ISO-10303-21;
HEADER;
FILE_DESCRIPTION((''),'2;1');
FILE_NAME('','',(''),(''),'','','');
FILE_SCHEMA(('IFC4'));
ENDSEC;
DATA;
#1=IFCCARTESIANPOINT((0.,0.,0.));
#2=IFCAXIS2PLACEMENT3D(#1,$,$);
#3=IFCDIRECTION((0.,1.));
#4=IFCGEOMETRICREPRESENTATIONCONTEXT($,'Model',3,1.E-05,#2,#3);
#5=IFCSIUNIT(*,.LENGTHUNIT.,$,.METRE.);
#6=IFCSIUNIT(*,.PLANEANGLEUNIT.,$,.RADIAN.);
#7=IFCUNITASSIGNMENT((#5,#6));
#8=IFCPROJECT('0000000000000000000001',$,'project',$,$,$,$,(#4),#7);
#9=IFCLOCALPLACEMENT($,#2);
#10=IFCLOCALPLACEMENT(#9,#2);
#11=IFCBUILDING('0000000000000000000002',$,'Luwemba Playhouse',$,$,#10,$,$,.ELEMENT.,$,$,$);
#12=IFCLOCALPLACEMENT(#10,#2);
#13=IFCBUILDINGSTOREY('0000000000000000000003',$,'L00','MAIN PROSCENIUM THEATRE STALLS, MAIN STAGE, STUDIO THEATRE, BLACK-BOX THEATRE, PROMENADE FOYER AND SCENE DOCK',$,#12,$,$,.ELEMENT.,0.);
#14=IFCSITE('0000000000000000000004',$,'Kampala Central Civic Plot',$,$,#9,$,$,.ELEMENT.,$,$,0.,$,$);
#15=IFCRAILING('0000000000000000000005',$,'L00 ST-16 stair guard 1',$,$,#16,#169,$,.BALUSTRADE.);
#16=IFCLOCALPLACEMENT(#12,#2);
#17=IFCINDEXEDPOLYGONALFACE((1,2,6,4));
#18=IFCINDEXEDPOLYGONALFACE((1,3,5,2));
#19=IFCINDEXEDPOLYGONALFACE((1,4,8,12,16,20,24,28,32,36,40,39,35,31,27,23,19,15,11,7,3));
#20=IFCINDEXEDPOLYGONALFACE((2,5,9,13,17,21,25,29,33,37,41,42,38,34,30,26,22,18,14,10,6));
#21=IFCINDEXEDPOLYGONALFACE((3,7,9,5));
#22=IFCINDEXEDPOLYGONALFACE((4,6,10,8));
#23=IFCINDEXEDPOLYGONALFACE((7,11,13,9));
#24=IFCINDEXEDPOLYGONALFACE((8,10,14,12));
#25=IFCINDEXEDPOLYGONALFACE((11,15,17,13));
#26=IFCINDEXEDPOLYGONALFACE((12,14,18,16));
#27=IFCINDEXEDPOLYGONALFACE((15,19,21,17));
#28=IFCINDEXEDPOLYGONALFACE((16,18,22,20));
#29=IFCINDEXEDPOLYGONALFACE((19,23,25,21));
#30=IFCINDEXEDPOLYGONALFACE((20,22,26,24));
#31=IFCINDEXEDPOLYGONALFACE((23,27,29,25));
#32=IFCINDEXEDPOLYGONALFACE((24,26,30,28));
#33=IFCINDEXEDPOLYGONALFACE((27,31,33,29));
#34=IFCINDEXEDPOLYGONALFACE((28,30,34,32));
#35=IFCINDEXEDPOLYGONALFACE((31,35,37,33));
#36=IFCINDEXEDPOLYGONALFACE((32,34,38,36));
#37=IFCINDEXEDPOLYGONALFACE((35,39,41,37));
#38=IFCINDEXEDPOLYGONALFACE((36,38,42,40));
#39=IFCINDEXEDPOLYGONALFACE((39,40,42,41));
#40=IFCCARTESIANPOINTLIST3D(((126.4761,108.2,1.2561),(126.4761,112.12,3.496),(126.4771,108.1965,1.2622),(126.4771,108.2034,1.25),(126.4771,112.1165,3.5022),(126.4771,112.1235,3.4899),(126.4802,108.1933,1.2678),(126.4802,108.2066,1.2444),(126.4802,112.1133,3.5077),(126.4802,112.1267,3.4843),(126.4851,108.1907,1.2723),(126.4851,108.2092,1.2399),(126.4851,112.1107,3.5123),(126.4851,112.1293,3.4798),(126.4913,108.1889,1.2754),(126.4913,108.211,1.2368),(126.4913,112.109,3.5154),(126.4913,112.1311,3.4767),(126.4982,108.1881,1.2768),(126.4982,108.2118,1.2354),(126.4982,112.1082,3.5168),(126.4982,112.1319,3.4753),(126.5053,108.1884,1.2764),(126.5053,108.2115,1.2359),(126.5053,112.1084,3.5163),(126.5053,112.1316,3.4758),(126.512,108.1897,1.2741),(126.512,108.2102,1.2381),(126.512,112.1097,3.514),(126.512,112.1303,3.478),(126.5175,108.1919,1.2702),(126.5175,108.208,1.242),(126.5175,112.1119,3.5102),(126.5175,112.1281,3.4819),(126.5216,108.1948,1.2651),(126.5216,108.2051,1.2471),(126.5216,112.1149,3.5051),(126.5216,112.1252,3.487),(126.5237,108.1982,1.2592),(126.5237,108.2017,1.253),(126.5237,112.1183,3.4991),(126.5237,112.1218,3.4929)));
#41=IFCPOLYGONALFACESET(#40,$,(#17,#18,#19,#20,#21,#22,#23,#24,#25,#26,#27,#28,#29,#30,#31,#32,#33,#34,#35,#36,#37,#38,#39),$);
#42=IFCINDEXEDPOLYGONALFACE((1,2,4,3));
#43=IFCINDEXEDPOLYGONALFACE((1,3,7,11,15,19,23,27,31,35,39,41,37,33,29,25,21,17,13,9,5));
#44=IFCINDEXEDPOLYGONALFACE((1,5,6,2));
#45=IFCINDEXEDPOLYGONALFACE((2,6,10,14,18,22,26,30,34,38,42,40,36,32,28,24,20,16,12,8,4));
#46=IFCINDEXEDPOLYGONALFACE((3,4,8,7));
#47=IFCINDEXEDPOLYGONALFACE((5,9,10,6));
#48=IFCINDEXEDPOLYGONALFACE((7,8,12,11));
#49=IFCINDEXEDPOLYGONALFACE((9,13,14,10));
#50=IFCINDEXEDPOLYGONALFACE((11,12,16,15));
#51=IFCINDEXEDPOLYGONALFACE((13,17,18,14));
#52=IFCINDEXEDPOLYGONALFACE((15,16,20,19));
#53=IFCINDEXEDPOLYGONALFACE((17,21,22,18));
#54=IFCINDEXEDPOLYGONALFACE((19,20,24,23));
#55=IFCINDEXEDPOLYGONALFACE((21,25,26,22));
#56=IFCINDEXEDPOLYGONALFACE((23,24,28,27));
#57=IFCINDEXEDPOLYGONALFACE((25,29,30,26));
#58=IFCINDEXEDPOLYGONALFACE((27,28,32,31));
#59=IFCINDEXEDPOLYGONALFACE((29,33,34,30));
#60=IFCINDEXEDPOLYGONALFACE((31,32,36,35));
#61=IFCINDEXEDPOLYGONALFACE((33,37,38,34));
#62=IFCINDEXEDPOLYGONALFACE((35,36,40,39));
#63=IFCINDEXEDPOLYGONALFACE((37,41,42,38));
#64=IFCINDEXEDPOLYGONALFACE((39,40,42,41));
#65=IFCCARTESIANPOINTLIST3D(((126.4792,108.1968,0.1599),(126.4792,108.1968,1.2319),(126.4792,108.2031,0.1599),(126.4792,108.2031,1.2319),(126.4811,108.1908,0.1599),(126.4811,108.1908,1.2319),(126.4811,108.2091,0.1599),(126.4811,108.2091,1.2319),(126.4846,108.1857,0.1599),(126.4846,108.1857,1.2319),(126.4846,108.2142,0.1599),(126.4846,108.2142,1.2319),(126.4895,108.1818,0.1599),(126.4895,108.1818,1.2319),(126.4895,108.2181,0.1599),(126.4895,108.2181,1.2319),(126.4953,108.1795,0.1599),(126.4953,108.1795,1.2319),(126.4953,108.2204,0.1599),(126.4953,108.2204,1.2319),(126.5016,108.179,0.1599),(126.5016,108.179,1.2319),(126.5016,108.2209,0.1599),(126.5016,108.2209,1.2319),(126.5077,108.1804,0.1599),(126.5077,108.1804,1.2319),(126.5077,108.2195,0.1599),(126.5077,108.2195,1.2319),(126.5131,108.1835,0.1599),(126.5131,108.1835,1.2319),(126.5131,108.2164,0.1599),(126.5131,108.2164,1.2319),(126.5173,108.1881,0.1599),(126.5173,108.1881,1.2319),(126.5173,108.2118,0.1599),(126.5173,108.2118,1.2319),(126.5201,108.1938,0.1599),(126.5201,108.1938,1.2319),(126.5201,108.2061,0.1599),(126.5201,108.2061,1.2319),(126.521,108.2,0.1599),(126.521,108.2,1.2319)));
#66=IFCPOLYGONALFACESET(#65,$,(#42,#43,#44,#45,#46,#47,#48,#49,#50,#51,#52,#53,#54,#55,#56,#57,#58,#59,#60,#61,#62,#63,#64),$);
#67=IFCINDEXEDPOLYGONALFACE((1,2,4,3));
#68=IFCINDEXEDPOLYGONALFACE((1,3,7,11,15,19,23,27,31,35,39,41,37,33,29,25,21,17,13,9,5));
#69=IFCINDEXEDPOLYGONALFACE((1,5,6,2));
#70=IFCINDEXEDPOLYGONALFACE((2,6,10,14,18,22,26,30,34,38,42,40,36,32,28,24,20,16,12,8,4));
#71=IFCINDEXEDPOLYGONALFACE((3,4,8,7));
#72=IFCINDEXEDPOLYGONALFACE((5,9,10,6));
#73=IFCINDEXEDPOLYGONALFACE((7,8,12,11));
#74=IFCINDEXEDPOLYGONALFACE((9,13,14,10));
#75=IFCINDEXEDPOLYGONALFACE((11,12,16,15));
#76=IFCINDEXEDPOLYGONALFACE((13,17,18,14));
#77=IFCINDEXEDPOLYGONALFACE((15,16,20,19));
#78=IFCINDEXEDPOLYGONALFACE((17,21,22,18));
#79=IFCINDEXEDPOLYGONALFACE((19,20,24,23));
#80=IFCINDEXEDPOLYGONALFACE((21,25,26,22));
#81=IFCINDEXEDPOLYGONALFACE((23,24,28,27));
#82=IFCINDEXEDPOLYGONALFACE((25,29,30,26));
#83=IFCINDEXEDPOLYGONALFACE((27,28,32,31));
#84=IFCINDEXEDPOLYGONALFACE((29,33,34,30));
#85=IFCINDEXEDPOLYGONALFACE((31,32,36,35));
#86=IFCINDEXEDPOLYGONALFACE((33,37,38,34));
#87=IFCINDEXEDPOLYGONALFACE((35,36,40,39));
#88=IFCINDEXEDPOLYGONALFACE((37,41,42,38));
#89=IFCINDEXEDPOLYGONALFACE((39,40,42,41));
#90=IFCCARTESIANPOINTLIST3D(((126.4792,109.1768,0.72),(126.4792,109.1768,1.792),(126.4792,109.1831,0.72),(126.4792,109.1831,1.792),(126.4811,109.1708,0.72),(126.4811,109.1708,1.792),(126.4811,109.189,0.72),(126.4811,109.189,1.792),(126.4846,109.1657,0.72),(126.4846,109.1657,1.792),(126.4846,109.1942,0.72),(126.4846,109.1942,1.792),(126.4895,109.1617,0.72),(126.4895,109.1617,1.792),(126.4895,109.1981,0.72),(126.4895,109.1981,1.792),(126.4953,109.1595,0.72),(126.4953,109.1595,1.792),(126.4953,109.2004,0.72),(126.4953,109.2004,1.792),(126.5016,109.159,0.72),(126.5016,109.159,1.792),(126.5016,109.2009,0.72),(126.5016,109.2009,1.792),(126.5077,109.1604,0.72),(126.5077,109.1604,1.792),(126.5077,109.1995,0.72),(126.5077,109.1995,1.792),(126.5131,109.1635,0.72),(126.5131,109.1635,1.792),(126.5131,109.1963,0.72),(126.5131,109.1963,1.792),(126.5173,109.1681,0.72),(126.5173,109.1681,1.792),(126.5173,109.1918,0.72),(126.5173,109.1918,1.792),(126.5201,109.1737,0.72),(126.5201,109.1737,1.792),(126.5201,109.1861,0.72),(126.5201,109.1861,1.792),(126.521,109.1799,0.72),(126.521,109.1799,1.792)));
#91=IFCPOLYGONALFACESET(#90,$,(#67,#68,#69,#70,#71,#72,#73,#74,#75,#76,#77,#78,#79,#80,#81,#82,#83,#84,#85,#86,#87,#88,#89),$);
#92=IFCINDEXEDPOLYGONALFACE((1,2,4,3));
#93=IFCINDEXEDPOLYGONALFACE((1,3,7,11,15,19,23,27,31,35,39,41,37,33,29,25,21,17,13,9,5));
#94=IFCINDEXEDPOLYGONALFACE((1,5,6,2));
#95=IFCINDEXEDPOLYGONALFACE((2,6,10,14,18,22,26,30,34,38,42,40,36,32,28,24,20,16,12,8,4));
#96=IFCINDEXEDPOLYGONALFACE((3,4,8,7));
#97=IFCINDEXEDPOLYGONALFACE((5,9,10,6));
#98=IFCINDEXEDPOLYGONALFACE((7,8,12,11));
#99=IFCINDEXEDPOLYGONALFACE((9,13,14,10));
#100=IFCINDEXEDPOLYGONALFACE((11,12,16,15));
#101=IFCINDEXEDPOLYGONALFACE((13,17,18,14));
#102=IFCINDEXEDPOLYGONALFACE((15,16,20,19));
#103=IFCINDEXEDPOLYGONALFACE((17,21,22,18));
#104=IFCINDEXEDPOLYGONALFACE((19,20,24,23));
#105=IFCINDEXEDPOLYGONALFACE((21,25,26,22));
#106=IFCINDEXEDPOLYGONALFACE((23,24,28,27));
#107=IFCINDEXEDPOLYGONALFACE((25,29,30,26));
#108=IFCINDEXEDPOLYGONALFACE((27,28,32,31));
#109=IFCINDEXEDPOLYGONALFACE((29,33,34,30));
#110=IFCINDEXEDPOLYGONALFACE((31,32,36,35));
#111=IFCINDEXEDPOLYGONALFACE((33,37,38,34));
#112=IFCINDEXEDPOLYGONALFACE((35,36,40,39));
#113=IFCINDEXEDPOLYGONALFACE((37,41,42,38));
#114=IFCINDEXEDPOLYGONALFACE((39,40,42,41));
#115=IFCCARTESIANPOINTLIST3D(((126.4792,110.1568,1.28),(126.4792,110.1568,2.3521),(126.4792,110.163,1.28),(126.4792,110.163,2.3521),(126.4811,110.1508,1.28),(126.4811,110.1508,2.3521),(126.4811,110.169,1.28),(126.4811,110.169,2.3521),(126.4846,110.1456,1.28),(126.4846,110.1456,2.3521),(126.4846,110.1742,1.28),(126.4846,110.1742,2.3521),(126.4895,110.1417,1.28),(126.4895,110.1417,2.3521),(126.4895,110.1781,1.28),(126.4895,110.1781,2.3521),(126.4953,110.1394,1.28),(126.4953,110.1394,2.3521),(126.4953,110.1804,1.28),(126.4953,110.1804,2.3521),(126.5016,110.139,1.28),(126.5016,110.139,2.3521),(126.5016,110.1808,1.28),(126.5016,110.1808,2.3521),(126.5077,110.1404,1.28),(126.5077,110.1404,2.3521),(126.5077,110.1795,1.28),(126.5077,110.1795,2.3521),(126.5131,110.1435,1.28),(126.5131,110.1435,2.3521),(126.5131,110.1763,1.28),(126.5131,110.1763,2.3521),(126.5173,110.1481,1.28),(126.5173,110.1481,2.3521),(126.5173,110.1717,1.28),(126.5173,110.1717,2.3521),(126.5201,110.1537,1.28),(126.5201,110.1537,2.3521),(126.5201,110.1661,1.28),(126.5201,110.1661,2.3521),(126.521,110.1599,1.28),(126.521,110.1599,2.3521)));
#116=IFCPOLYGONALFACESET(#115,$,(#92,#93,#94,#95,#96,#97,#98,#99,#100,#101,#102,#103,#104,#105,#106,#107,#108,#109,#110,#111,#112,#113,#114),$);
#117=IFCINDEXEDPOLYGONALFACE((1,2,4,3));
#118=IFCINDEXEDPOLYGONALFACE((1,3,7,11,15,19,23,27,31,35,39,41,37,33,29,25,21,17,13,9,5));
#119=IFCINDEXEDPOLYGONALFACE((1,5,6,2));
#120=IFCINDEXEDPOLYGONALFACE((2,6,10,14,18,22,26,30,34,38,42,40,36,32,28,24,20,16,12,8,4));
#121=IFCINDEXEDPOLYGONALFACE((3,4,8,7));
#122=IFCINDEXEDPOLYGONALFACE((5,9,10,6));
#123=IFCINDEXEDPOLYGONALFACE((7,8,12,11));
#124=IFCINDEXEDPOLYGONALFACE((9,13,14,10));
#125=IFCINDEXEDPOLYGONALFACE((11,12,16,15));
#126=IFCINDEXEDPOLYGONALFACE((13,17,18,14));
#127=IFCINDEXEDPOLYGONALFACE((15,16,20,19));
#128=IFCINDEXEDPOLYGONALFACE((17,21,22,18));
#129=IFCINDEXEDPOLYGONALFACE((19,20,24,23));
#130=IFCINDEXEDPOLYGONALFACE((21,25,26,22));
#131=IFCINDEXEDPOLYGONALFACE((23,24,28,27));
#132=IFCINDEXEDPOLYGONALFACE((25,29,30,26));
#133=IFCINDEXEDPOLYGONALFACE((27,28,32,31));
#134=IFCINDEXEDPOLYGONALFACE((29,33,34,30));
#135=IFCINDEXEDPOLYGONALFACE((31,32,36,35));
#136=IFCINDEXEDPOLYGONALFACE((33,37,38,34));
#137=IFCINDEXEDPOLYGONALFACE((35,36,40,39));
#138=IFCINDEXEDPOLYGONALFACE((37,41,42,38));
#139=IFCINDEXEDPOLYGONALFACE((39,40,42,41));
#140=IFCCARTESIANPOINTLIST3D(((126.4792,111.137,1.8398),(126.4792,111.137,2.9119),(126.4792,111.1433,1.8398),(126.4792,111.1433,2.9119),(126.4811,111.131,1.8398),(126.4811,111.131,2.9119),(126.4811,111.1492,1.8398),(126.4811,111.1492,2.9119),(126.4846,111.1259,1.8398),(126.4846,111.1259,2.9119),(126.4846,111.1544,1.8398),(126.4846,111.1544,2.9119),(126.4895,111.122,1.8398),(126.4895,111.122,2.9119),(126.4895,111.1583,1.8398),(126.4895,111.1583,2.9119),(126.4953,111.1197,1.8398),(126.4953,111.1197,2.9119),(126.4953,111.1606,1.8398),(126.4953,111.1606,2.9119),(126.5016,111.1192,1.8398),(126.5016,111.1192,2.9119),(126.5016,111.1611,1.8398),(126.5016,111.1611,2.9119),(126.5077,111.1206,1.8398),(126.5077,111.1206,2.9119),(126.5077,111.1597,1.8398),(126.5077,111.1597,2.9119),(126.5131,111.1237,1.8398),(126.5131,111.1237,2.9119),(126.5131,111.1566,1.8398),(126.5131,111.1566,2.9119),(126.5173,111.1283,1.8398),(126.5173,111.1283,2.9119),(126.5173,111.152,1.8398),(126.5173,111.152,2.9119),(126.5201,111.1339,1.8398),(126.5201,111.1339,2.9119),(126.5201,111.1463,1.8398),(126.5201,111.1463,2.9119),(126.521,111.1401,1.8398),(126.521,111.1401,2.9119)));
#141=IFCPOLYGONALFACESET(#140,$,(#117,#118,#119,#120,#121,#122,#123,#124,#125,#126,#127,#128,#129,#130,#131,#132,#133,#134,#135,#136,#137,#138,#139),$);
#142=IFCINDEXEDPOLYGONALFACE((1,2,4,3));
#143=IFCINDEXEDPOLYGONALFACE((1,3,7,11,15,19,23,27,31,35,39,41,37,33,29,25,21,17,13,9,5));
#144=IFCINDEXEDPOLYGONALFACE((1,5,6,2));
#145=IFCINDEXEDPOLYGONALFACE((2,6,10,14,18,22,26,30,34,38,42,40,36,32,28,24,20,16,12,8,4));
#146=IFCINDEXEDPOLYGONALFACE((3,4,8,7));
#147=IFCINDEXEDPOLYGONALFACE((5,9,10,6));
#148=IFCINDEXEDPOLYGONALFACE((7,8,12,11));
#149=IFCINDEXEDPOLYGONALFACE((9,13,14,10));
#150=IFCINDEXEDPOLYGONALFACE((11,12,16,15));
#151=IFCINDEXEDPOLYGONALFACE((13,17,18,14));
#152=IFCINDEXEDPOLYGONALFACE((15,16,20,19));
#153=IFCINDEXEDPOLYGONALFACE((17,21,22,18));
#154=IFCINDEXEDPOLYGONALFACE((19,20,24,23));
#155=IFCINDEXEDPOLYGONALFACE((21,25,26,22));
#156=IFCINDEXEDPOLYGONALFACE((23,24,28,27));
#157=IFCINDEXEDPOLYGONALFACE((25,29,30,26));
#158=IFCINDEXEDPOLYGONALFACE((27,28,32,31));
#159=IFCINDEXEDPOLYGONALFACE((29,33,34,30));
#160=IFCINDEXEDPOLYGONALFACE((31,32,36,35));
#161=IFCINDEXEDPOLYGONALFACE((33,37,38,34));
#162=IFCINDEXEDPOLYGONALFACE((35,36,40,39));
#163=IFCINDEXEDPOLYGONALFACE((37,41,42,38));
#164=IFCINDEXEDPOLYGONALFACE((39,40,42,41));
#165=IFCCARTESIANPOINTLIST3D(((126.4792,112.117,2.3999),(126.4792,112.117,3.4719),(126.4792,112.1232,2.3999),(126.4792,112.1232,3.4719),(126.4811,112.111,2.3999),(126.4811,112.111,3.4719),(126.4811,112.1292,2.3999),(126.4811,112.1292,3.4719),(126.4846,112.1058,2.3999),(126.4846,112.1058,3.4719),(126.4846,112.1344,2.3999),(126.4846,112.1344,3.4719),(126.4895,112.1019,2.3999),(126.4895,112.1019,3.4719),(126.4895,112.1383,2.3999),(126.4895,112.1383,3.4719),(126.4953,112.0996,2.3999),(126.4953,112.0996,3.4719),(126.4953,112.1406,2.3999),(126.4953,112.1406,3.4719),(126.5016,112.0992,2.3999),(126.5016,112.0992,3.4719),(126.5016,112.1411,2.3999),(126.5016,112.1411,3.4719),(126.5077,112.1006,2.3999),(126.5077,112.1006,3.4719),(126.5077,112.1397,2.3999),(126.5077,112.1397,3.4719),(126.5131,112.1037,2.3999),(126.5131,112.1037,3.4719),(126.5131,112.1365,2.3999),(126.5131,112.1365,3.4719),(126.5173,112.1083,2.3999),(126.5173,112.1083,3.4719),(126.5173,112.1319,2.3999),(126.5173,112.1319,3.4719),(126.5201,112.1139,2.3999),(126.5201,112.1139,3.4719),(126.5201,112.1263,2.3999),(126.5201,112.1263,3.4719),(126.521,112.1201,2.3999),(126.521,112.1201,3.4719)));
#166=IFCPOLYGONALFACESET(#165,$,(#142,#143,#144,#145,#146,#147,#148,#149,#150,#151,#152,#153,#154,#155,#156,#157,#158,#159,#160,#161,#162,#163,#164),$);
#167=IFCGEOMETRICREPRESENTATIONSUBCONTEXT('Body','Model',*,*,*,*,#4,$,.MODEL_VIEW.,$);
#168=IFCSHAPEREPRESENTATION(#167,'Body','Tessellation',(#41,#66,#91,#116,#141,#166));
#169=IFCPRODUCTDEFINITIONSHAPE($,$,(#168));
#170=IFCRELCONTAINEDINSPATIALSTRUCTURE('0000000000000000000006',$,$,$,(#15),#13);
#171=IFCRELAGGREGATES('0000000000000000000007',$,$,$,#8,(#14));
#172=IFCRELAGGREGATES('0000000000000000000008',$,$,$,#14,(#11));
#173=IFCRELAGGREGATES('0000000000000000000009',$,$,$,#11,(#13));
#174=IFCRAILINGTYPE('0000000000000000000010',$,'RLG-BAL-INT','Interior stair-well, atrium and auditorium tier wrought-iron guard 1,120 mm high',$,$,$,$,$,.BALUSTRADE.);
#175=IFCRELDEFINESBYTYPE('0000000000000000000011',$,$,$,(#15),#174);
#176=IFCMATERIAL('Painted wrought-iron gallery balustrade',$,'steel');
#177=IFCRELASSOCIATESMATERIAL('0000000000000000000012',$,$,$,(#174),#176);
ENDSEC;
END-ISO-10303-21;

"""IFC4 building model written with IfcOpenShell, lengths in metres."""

from ifc_helpers import new_model, si_unit, direction, frame, origin, origin_2d, place, context, subcontext, project, spatial, circle, extrude, material, type_object, element, save


model = new_model("IFC4")

# Units and contexts
model_context = context("Model", 3, precision=1e-05, world=origin(), true_north=direction((0.0, 1.0)))
body_context = subcontext(model_context, "Body", "Model", "MODEL_VIEW")
ifc_project = project(units=[si_unit("LENGTHUNIT", "METRE"), si_unit("PLANEANGLEUNIT", "RADIAN")], contexts=[model_context])

# Site, building, storey
site_placement = place(None, origin())
site = spatial("IfcSite", under=ifc_project, at=site_placement, Name="Kampala Central Civic Plot", CompositionType="ELEMENT", RefElevation=0.0)
building_placement = place(site_placement, origin())
building = spatial("IfcBuilding", under=site, at=building_placement, Name="Luwemba Playhouse", CompositionType="ELEMENT")
storey_placement = place(building_placement, origin())
storey = spatial("IfcBuildingStorey", under=building, at=storey_placement, Name="L00", Description="MAIN PROSCENIUM THEATRE STALLS, MAIN STAGE, STUDIO THEATRE, BLACK-BOX THEATRE, PROMENADE FOYER AND SCENE DOCK", CompositionType="ELEMENT", Elevation=0.0)

# Railing
ifc_material_1 = material(Name="Painted wrought-iron gallery balustrade", Category="steel")
railing_type_1 = type_object("IfcRailingType", Name="RLG-BAL-INT", Description="Interior stair-well, atrium and auditorium tier wrought-iron guard 1,120 mm high", PredefinedType="BALUSTRADE", material=ifc_material_1)
railing_1_placement = place(storey_placement, frame((126.5, 108.2, 0.1599)))
element("IfcRailing", 1, at=railing_1_placement, inside=storey, type_object=railing_type_1, Name="L00 ST-16 stair guard 1", PredefinedType="BALUSTRADE", context=body_context, shape_type="SweptSolid", body=[
    extrude(circle(Radius=0.0239, at=origin_2d()), frame((0.0, 0.0, 1.0962), z_axis=(0.0, 0.868253, 0.496121), x_axis=(-1.0, 0.0, 0.0)), (0.0, 0.0, 1.0), 4.5149),
    extrude(circle(Radius=0.021, at=origin_2d()), origin(), (0.0, 0.0, 1.0), 1.072),
    extrude(circle(Radius=0.021, at=origin_2d()), frame((0.0, 0.98, 0.5601)), (0.0, 0.0, 1.0), 1.072),
    extrude(circle(Radius=0.021, at=origin_2d()), frame((0.0, 1.96, 1.1201)), (0.0, 0.0, 1.0), 1.072),
    extrude(circle(Radius=0.021, at=origin_2d()), frame((0.0, 2.9402, 1.6799)), (0.0, 0.0, 1.0), 1.072),
    extrude(circle(Radius=0.021, at=origin_2d()), frame((0.0, 3.9202, 2.24)), (0.0, 0.0, 1.0), 1.072),
])

save(model, "model.ifc")
